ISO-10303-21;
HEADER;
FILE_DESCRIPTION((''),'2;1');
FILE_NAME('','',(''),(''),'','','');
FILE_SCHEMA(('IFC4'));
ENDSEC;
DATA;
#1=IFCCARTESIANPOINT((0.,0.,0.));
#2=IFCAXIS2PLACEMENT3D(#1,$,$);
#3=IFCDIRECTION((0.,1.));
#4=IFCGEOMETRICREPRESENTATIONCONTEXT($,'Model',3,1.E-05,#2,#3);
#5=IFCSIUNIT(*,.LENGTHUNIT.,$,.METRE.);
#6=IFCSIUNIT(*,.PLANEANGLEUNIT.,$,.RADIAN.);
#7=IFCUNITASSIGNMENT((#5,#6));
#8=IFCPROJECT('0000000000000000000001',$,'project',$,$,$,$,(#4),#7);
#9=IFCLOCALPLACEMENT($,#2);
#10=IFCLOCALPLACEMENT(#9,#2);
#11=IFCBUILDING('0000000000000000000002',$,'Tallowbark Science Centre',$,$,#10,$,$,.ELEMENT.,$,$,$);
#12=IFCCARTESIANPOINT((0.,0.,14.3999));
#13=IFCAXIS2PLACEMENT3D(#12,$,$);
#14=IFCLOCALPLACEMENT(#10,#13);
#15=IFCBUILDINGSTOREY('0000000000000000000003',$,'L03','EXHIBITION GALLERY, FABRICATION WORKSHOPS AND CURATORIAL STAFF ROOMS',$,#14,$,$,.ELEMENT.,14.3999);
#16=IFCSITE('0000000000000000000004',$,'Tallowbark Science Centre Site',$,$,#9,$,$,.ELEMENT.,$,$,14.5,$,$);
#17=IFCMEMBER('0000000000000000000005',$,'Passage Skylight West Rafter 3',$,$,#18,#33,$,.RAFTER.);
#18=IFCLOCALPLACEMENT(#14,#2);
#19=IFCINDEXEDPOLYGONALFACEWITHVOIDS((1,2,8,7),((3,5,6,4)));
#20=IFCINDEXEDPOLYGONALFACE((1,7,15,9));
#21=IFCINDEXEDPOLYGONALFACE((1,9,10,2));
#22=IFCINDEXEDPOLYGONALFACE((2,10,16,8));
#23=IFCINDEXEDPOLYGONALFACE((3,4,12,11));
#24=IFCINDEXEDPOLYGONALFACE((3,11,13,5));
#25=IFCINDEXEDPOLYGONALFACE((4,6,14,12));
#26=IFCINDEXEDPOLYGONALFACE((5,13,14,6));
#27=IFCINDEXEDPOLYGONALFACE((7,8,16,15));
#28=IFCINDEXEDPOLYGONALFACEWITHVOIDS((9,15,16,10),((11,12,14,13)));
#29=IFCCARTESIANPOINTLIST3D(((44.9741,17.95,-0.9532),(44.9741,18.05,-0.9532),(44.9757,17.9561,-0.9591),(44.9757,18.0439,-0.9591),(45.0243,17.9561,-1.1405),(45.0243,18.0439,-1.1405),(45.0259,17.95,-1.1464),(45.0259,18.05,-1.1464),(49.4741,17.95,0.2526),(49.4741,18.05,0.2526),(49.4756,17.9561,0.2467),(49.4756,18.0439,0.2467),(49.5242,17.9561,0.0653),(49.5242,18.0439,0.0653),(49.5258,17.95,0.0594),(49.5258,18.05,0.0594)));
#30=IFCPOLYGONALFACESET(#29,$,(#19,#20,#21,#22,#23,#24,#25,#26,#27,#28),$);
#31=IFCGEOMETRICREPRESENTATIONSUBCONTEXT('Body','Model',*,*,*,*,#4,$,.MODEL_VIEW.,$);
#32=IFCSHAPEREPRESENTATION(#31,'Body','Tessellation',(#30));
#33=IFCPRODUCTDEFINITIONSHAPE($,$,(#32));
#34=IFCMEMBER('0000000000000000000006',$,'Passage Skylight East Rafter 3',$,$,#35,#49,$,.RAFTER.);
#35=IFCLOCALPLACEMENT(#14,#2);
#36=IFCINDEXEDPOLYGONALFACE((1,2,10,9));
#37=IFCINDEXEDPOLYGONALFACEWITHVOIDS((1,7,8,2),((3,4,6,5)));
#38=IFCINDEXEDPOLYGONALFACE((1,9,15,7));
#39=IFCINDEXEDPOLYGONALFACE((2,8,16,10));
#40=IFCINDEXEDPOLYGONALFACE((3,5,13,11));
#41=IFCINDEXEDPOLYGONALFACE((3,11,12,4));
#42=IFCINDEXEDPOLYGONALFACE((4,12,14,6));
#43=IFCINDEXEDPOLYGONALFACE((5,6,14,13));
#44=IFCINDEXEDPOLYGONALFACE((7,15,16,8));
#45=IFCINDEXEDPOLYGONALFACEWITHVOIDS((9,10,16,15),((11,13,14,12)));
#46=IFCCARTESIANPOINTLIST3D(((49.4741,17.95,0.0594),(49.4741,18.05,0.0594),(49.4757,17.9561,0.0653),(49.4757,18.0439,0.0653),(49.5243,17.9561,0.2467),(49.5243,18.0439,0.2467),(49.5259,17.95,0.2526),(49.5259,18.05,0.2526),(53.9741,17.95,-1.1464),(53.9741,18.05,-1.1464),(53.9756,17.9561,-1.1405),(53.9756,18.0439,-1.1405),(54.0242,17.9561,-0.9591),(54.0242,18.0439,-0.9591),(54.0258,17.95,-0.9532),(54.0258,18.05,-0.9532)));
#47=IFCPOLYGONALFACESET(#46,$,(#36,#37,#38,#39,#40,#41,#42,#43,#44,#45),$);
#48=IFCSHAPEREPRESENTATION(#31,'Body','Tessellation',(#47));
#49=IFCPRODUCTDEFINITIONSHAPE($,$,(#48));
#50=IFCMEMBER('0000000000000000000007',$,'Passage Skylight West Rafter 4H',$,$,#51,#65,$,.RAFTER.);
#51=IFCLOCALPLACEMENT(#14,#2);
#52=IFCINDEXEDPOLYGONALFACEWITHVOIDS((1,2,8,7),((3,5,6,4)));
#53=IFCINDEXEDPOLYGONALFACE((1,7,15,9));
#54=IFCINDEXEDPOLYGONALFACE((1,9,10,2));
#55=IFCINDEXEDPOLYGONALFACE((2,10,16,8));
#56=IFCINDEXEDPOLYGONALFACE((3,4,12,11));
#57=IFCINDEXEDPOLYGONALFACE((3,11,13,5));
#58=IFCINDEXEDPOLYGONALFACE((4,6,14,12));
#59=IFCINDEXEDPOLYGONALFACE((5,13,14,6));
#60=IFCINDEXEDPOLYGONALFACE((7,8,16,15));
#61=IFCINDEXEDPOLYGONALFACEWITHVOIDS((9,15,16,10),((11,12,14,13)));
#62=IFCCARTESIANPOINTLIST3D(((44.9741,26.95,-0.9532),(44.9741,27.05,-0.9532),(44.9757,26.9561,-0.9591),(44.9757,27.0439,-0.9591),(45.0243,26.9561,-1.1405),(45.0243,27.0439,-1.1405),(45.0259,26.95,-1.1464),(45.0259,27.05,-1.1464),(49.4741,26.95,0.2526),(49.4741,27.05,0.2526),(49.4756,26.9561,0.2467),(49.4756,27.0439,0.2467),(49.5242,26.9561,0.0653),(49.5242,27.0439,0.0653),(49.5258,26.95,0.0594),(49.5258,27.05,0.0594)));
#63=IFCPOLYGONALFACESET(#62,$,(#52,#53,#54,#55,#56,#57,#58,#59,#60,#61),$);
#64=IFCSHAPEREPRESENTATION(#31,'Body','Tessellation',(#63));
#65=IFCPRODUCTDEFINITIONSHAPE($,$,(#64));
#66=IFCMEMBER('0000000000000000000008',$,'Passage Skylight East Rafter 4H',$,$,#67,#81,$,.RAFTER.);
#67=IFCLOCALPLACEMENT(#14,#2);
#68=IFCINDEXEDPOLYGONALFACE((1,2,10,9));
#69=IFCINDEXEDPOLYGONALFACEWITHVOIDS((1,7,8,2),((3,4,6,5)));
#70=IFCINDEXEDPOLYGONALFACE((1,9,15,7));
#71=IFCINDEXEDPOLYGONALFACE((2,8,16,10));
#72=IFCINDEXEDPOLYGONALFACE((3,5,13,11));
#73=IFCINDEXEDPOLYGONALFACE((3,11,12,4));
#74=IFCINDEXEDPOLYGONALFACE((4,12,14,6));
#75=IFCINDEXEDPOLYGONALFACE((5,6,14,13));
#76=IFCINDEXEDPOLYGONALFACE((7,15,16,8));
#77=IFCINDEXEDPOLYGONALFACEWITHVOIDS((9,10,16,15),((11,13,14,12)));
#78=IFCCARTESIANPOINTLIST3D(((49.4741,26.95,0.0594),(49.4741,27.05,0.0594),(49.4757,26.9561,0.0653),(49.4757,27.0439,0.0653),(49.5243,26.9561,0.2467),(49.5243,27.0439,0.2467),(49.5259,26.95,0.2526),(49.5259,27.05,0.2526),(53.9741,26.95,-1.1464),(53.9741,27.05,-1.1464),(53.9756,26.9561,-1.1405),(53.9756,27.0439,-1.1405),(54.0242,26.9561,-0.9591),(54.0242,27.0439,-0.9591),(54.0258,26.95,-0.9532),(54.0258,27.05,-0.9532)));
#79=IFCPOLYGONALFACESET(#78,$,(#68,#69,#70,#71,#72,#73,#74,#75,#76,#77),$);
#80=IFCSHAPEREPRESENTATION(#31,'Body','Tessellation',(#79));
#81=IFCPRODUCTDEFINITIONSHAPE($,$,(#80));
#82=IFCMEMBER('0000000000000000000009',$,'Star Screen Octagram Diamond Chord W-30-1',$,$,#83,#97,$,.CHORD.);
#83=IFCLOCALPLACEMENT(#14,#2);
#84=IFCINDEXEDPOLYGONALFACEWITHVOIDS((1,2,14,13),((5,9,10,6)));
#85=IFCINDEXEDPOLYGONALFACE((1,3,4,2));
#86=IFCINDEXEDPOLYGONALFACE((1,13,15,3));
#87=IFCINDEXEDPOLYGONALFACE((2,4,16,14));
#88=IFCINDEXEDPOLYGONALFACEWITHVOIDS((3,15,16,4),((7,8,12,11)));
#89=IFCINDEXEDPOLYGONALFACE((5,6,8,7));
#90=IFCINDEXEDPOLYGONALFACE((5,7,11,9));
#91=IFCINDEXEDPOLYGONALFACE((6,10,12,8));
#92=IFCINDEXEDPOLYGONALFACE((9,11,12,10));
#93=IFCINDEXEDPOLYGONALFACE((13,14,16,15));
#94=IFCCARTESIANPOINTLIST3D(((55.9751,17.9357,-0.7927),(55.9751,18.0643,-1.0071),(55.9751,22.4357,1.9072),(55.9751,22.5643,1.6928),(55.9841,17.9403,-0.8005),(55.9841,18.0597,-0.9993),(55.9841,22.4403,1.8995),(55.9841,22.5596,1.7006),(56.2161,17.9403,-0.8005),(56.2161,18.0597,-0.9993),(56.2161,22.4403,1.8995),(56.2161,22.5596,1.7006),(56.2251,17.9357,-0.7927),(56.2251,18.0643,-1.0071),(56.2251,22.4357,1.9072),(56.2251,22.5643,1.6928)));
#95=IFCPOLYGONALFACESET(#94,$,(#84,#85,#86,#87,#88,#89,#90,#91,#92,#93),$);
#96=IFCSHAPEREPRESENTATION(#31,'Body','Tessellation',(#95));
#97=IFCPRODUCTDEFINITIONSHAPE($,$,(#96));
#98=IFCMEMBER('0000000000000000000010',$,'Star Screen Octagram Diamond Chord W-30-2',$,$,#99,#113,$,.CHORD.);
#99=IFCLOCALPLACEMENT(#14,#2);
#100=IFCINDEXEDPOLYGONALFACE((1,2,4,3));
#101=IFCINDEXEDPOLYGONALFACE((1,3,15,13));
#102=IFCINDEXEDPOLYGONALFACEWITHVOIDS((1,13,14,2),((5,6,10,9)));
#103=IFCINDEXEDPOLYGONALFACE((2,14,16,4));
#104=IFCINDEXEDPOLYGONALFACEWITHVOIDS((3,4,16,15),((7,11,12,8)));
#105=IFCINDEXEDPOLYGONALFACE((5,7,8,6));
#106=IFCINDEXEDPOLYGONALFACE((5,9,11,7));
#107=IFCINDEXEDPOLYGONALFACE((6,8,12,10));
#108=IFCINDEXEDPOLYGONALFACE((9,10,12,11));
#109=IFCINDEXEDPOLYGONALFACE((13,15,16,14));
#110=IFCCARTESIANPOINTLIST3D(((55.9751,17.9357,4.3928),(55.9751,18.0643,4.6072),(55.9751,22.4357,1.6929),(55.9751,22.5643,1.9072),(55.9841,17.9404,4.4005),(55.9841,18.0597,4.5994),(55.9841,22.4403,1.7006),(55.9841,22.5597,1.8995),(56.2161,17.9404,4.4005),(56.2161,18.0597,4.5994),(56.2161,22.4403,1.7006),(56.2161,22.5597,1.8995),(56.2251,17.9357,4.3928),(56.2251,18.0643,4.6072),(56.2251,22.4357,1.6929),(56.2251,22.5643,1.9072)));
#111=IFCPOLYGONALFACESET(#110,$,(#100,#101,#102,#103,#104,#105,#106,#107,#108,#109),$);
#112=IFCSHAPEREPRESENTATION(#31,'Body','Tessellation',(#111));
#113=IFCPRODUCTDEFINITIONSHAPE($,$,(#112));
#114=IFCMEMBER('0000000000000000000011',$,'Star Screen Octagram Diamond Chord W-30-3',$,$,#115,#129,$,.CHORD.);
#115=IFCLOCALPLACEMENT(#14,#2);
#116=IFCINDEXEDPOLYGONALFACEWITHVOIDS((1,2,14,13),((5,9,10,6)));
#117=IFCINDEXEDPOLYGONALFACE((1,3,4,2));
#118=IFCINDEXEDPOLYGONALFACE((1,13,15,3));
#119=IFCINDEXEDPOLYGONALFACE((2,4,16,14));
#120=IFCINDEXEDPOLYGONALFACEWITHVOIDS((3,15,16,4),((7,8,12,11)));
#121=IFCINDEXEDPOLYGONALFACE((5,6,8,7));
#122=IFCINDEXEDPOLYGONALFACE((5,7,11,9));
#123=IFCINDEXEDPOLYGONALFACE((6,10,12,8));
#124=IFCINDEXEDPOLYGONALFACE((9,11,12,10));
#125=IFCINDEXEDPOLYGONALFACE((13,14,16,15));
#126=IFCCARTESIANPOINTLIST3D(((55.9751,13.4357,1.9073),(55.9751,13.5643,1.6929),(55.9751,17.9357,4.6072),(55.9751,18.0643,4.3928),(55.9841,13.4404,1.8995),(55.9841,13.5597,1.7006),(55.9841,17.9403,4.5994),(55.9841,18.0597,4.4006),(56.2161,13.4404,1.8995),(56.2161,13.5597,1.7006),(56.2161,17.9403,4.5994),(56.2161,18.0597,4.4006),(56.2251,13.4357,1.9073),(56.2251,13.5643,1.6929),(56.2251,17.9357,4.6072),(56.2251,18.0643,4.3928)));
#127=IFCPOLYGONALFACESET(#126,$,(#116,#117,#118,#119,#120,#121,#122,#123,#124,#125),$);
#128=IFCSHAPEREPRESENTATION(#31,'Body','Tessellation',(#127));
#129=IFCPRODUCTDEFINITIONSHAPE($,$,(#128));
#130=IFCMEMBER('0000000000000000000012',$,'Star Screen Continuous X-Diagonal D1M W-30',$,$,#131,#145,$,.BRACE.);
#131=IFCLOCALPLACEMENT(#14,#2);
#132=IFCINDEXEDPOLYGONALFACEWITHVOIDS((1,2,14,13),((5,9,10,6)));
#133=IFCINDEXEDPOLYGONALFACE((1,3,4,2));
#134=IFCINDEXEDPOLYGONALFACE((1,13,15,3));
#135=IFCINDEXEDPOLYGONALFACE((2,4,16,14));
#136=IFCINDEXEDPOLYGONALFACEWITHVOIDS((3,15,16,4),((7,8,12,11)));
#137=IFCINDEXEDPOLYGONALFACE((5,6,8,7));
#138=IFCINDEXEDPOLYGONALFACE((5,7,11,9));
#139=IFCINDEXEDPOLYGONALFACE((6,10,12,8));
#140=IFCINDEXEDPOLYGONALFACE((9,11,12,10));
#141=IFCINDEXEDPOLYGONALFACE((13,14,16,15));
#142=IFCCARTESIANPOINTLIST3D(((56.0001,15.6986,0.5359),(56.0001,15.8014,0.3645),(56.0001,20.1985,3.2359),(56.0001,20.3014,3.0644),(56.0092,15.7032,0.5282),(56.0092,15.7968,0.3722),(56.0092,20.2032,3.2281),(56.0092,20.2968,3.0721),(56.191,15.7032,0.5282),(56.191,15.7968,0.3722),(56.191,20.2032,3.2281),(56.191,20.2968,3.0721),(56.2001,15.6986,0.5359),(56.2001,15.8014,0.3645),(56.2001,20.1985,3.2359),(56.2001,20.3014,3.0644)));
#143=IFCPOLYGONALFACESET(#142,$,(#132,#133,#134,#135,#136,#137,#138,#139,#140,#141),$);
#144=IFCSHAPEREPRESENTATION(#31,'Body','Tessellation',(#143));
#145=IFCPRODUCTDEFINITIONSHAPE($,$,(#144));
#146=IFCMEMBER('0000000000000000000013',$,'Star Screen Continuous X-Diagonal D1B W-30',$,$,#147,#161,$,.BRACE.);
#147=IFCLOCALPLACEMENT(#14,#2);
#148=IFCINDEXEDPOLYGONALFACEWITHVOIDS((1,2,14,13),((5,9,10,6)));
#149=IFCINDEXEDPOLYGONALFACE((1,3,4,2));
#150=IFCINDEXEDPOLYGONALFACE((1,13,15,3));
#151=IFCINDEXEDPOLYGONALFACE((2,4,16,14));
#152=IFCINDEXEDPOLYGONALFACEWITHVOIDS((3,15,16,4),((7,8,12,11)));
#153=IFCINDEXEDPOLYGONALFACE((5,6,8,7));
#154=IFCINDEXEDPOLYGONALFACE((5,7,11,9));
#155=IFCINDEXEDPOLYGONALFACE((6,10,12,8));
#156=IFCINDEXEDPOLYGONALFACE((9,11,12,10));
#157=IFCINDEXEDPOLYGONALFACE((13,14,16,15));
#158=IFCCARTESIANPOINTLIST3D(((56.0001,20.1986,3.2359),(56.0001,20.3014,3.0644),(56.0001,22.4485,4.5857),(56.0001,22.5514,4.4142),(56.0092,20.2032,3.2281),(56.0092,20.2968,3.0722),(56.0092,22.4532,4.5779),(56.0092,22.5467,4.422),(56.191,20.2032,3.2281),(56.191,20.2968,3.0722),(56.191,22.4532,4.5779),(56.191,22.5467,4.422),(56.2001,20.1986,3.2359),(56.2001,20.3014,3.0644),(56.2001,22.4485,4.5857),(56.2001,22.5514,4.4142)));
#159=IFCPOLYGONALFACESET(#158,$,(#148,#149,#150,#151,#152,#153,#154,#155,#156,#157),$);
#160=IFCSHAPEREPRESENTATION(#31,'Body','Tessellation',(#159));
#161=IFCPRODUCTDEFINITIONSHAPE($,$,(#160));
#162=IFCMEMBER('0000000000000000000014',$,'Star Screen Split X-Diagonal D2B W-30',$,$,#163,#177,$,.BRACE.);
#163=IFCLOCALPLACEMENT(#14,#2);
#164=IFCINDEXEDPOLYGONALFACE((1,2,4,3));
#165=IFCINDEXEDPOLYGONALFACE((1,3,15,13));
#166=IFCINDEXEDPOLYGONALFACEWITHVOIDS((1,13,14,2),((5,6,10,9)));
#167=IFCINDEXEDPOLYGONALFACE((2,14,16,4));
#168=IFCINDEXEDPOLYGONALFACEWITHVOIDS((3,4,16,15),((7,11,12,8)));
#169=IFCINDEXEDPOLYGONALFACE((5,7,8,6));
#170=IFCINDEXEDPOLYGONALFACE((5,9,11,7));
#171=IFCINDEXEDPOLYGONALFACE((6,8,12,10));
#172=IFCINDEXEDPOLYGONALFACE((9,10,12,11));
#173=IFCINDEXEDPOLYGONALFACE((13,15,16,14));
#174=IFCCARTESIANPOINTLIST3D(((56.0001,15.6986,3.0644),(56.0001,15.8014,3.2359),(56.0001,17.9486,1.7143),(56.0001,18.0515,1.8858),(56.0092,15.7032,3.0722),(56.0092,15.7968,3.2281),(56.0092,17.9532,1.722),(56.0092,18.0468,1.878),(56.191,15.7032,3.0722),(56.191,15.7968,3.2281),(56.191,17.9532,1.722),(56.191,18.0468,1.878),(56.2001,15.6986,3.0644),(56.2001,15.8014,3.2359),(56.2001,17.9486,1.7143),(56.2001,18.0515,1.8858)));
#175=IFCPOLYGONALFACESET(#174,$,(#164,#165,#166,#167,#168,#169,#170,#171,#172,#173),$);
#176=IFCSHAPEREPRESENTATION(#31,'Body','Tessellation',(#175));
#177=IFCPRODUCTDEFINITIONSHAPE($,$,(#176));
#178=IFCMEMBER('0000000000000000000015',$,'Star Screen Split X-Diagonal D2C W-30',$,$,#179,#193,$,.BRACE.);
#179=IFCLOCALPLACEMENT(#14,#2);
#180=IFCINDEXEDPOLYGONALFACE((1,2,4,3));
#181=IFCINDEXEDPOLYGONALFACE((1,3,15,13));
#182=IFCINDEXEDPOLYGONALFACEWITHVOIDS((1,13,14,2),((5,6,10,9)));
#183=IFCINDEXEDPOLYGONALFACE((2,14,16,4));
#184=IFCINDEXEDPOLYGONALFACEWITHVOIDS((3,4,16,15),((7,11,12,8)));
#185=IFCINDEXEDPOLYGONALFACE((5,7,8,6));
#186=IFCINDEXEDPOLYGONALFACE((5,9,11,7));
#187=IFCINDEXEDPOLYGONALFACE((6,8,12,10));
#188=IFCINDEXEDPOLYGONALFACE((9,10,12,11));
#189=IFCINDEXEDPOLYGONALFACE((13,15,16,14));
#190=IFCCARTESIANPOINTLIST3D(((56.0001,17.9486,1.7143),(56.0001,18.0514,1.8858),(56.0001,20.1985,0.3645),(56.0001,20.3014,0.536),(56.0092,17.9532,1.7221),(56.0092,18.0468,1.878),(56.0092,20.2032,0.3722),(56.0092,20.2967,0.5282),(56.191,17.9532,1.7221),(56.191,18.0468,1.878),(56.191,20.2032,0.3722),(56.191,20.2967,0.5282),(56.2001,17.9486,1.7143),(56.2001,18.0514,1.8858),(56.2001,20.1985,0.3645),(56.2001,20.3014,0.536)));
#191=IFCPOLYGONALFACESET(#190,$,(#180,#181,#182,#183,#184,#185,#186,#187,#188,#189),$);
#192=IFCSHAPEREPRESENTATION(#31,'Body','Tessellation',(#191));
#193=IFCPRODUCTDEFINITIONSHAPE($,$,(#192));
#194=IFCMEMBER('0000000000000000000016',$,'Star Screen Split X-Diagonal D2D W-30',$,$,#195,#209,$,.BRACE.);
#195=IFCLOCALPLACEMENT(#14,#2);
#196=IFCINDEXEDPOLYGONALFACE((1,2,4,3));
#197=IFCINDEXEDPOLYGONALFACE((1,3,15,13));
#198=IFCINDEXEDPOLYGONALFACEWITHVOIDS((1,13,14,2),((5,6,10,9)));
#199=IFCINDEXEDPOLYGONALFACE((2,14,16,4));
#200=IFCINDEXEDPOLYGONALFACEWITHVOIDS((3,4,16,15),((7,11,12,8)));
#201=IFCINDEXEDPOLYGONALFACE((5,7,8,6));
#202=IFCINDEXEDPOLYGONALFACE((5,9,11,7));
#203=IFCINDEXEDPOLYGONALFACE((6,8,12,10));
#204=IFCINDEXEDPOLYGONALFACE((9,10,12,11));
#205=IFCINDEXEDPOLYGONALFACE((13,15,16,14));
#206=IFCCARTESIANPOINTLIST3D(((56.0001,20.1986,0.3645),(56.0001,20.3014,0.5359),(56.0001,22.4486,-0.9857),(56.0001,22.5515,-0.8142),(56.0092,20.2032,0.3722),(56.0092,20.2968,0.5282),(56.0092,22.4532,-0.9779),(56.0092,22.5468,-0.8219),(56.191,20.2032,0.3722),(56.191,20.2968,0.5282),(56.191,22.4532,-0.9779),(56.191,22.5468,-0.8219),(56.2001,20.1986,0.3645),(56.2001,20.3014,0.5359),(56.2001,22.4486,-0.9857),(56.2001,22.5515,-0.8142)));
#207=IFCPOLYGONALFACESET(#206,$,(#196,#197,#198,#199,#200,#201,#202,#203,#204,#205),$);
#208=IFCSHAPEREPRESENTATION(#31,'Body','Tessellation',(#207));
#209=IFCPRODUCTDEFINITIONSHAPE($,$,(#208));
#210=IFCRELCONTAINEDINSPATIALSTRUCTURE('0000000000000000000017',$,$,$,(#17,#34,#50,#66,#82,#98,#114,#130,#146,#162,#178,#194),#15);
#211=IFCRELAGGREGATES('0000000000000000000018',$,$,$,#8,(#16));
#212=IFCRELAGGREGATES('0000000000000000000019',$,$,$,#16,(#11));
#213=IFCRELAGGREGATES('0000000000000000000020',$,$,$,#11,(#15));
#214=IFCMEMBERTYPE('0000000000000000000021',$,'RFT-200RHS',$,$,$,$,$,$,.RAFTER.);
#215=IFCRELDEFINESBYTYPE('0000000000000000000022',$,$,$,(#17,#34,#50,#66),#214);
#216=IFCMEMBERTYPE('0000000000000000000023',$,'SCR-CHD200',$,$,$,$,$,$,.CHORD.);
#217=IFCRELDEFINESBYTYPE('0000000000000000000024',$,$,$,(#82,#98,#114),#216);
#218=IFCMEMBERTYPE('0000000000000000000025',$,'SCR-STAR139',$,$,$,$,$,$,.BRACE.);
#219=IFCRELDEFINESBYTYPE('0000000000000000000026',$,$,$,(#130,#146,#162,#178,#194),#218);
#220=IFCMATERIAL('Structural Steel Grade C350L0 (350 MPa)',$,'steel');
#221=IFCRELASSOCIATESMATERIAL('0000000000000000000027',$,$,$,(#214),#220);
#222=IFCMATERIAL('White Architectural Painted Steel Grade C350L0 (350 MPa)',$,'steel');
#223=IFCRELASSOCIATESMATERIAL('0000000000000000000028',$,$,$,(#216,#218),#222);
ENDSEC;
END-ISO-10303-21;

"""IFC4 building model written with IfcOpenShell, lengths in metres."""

from ifc_helpers import new_model, si_unit, direction, frame, origin, origin_2d, place, context, subcontext, project, spatial, hollow_rectangle, extrude, material, material_profile, profile_set, type_object, element, save


model = new_model("IFC4")

# Units and contexts
model_context = context("Model", 3, precision=1e-05, world=origin(), true_north=direction((0.0, 1.0)))
body_context = subcontext(model_context, "Body", "Model", "MODEL_VIEW")
ifc_project = project(units=[si_unit("LENGTHUNIT", "METRE"), si_unit("PLANEANGLEUNIT", "RADIAN")], contexts=[model_context])

# Site, building, storey
site_placement = place(None, origin())
site = spatial("IfcSite", under=ifc_project, at=site_placement, Name="Tallowbark Science Centre Site", CompositionType="ELEMENT", RefElevation=14.5)
building_placement = place(site_placement, origin())
building = spatial("IfcBuilding", under=site, at=building_placement, Name="Tallowbark Science Centre", CompositionType="ELEMENT")
storey_placement = place(building_placement, frame((0.0, 0.0, 14.3999)))
storey = spatial("IfcBuildingStorey", under=building, at=storey_placement, Name="L03", Description="EXHIBITION GALLERY, FABRICATION WORKSHOPS AND CURATORIAL STAFF ROOMS", CompositionType="ELEMENT", Elevation=14.3999)

# Shared definitions
ifc_material_1 = material(Name="White Architectural Painted Steel Grade C350L0 (350 MPa)", Category="steel")

# Members
ifc_material_2 = material(Name="Structural Steel Grade C350L0 (350 MPa)", Category="steel")
ifc_material_profile_1 = material_profile(ifc_material_2, hollow_rectangle(XDim=0.1001, YDim=0.2, WallThickness=0.0061, at=origin_2d()), Name="200x100x6.0RHS")
ifc_profile_set_1 = profile_set([ifc_material_profile_1], Name="Structural Steel Grade C350L0 (350 MPa)")
member_type_1 = type_object("IfcMemberType", Name="RFT-200RHS", PredefinedType="RAFTER", material=ifc_profile_set_1)
for number, where, z_axis, x_axis, name in (
    (1, (45.0, 18.0, -1.0498), (0.965924, 0.0, 0.258827), (0.0, 1.0, 0.0), "Passage Skylight West Rafter 3"),
    (2, (49.5, 18.0, 0.156), (0.965924, 0.0, -0.258827), (0.0, 1.0, 0.0), "Passage Skylight East Rafter 3"),
    (3, (45.0, 27.0, -1.0498), (0.965924, 0.0, 0.258827), (0.0, 1.0, 0.0), "Passage Skylight West Rafter 4H"),
    (4, (49.5, 27.0, 0.156), (0.965924, 0.0, -0.258827), (0.0, 1.0, 0.0), "Passage Skylight East Rafter 4H"),
):
    element("IfcMember", number, at=place(storey_placement, frame(where, z_axis=z_axis, x_axis=x_axis)), inside=storey, type_object=member_type_1, Name=name, PredefinedType="RAFTER", context=body_context, shape_type="SweptSolid", body=[
        extrude(hollow_rectangle(XDim=0.1001, YDim=0.2, WallThickness=0.0061, at=origin_2d()), origin(), (0.0, 0.0, 1.0), 4.6587),
    ])
ifc_material_profile_2 = material_profile(ifc_material_1, hollow_rectangle(XDim=0.25, YDim=0.25, WallThickness=0.009, at=origin_2d()), Name="250x250x9.0SHS")
ifc_profile_set_2 = profile_set([ifc_material_profile_2], Name="White Architectural Painted Steel Grade C350L0 (350 MPa)")
member_type_2 = type_object("IfcMemberType", Name="SCR-CHD200", PredefinedType="CHORD", material=ifc_profile_set_2)
for number, where, z_axis, x_axis, name in (
    (5, (56.1001, 18.0, -0.8999), (0.0, 0.857497, 0.514489), (-1.0, 0.0, 0.0), "Star Screen Octagram Diamond Chord W-30-1"),
    (6, (56.1001, 22.5, 1.8), (0.0, -0.857497, 0.514489), (1.0, 0.0, 0.0), "Star Screen Octagram Diamond Chord W-30-2"),
    (7, (56.1001, 18.0, 4.5), (0.0, -0.857497, -0.514489), (1.0, 0.0, 0.0), "Star Screen Octagram Diamond Chord W-30-3"),
):
    element("IfcMember", number, at=place(storey_placement, frame(where, z_axis=z_axis, x_axis=x_axis)), inside=storey, type_object=member_type_2, Name=name, PredefinedType="CHORD", context=body_context, shape_type="SweptSolid", body=[
        extrude(hollow_rectangle(XDim=0.25, YDim=0.25, WallThickness=0.009, at=origin_2d()), origin(), (0.0, 0.0, 1.0), 5.2478),
    ])
ifc_material_profile_3 = material_profile(ifc_material_1, hollow_rectangle(XDim=0.2, YDim=0.2, WallThickness=0.009, at=origin_2d()), Name="200x200x9.0SHS")
ifc_profile_set_3 = profile_set([ifc_material_profile_3], Name="White Architectural Painted Steel Grade C350L0 (350 MPa)")
member_type_3 = type_object("IfcMemberType", Name="SCR-STAR139", PredefinedType="BRACE", material=ifc_profile_set_3)
member_1_placement = place(storey_placement, frame((56.1001, 15.75, 0.4502), z_axis=(0.0, 0.857497, 0.514489), x_axis=(-1.0, 0.0, 0.0)))
element("IfcMember", 8, at=member_1_placement, inside=storey, type_object=member_type_3, Name="Star Screen Continuous X-Diagonal D1M W-30", PredefinedType="BRACE", context=body_context, shape_type="SweptSolid", body=[
    extrude(hollow_rectangle(XDim=0.2, YDim=0.2, WallThickness=0.009, at=origin_2d()), origin(), (0.0, 0.0, 1.0), 5.2478),
])
member_2_placement = place(storey_placement, frame((56.1001, 20.25, 3.1501), z_axis=(0.0, 0.857518, 0.514455), x_axis=(-1.0, 0.0, 0.0)))
element("IfcMember", 9, at=member_2_placement, inside=storey, type_object=member_type_3, Name="Star Screen Continuous X-Diagonal D1B W-30", PredefinedType="BRACE", context=body_context, shape_type="SweptSolid", body=[
    extrude(hollow_rectangle(XDim=0.2, YDim=0.2, WallThickness=0.009, at=origin_2d()), origin(), (0.0, 0.0, 1.0), 2.6238),
])
member_3_placement = place(storey_placement, frame((56.1001, 15.75, 3.1501), z_axis=(0.0, 0.857477, -0.514523), x_axis=(-1.0, 0.0, 0.0)))
element("IfcMember", 10, at=member_3_placement, inside=storey, type_object=member_type_3, Name="Star Screen Split X-Diagonal D2B W-30", PredefinedType="BRACE", context=body_context, shape_type="SweptSolid", body=[
    extrude(hollow_rectangle(XDim=0.2, YDim=0.2, WallThickness=0.009, at=origin_2d()), origin(), (0.0, 0.0, 1.0), 2.624),
])
member_4_placement = place(storey_placement, frame((56.1001, 18.0, 1.8), z_axis=(0.0, 0.857518, -0.514455), x_axis=(-1.0, 0.0, 0.0)))
element("IfcMember", 11, at=member_4_placement, inside=storey, type_object=member_type_3, Name="Star Screen Split X-Diagonal D2C W-30", PredefinedType="BRACE", context=body_context, shape_type="SweptSolid", body=[
    extrude(hollow_rectangle(XDim=0.2, YDim=0.2, WallThickness=0.009, at=origin_2d()), origin(), (0.0, 0.0, 1.0), 2.6238),
])
member_5_placement = place(storey_placement, frame((56.1001, 20.25, 0.4502), z_axis=(0.0, 0.857477, -0.514523), x_axis=(-1.0, 0.0, 0.0)))
element("IfcMember", 12, at=member_5_placement, inside=storey, type_object=member_type_3, Name="Star Screen Split X-Diagonal D2D W-30", PredefinedType="BRACE", context=body_context, shape_type="SweptSolid", body=[
    extrude(hollow_rectangle(XDim=0.2, YDim=0.2, WallThickness=0.009, at=origin_2d()), origin(), (0.0, 0.0, 1.0), 2.624),
])

save(model, "model.ifc")
